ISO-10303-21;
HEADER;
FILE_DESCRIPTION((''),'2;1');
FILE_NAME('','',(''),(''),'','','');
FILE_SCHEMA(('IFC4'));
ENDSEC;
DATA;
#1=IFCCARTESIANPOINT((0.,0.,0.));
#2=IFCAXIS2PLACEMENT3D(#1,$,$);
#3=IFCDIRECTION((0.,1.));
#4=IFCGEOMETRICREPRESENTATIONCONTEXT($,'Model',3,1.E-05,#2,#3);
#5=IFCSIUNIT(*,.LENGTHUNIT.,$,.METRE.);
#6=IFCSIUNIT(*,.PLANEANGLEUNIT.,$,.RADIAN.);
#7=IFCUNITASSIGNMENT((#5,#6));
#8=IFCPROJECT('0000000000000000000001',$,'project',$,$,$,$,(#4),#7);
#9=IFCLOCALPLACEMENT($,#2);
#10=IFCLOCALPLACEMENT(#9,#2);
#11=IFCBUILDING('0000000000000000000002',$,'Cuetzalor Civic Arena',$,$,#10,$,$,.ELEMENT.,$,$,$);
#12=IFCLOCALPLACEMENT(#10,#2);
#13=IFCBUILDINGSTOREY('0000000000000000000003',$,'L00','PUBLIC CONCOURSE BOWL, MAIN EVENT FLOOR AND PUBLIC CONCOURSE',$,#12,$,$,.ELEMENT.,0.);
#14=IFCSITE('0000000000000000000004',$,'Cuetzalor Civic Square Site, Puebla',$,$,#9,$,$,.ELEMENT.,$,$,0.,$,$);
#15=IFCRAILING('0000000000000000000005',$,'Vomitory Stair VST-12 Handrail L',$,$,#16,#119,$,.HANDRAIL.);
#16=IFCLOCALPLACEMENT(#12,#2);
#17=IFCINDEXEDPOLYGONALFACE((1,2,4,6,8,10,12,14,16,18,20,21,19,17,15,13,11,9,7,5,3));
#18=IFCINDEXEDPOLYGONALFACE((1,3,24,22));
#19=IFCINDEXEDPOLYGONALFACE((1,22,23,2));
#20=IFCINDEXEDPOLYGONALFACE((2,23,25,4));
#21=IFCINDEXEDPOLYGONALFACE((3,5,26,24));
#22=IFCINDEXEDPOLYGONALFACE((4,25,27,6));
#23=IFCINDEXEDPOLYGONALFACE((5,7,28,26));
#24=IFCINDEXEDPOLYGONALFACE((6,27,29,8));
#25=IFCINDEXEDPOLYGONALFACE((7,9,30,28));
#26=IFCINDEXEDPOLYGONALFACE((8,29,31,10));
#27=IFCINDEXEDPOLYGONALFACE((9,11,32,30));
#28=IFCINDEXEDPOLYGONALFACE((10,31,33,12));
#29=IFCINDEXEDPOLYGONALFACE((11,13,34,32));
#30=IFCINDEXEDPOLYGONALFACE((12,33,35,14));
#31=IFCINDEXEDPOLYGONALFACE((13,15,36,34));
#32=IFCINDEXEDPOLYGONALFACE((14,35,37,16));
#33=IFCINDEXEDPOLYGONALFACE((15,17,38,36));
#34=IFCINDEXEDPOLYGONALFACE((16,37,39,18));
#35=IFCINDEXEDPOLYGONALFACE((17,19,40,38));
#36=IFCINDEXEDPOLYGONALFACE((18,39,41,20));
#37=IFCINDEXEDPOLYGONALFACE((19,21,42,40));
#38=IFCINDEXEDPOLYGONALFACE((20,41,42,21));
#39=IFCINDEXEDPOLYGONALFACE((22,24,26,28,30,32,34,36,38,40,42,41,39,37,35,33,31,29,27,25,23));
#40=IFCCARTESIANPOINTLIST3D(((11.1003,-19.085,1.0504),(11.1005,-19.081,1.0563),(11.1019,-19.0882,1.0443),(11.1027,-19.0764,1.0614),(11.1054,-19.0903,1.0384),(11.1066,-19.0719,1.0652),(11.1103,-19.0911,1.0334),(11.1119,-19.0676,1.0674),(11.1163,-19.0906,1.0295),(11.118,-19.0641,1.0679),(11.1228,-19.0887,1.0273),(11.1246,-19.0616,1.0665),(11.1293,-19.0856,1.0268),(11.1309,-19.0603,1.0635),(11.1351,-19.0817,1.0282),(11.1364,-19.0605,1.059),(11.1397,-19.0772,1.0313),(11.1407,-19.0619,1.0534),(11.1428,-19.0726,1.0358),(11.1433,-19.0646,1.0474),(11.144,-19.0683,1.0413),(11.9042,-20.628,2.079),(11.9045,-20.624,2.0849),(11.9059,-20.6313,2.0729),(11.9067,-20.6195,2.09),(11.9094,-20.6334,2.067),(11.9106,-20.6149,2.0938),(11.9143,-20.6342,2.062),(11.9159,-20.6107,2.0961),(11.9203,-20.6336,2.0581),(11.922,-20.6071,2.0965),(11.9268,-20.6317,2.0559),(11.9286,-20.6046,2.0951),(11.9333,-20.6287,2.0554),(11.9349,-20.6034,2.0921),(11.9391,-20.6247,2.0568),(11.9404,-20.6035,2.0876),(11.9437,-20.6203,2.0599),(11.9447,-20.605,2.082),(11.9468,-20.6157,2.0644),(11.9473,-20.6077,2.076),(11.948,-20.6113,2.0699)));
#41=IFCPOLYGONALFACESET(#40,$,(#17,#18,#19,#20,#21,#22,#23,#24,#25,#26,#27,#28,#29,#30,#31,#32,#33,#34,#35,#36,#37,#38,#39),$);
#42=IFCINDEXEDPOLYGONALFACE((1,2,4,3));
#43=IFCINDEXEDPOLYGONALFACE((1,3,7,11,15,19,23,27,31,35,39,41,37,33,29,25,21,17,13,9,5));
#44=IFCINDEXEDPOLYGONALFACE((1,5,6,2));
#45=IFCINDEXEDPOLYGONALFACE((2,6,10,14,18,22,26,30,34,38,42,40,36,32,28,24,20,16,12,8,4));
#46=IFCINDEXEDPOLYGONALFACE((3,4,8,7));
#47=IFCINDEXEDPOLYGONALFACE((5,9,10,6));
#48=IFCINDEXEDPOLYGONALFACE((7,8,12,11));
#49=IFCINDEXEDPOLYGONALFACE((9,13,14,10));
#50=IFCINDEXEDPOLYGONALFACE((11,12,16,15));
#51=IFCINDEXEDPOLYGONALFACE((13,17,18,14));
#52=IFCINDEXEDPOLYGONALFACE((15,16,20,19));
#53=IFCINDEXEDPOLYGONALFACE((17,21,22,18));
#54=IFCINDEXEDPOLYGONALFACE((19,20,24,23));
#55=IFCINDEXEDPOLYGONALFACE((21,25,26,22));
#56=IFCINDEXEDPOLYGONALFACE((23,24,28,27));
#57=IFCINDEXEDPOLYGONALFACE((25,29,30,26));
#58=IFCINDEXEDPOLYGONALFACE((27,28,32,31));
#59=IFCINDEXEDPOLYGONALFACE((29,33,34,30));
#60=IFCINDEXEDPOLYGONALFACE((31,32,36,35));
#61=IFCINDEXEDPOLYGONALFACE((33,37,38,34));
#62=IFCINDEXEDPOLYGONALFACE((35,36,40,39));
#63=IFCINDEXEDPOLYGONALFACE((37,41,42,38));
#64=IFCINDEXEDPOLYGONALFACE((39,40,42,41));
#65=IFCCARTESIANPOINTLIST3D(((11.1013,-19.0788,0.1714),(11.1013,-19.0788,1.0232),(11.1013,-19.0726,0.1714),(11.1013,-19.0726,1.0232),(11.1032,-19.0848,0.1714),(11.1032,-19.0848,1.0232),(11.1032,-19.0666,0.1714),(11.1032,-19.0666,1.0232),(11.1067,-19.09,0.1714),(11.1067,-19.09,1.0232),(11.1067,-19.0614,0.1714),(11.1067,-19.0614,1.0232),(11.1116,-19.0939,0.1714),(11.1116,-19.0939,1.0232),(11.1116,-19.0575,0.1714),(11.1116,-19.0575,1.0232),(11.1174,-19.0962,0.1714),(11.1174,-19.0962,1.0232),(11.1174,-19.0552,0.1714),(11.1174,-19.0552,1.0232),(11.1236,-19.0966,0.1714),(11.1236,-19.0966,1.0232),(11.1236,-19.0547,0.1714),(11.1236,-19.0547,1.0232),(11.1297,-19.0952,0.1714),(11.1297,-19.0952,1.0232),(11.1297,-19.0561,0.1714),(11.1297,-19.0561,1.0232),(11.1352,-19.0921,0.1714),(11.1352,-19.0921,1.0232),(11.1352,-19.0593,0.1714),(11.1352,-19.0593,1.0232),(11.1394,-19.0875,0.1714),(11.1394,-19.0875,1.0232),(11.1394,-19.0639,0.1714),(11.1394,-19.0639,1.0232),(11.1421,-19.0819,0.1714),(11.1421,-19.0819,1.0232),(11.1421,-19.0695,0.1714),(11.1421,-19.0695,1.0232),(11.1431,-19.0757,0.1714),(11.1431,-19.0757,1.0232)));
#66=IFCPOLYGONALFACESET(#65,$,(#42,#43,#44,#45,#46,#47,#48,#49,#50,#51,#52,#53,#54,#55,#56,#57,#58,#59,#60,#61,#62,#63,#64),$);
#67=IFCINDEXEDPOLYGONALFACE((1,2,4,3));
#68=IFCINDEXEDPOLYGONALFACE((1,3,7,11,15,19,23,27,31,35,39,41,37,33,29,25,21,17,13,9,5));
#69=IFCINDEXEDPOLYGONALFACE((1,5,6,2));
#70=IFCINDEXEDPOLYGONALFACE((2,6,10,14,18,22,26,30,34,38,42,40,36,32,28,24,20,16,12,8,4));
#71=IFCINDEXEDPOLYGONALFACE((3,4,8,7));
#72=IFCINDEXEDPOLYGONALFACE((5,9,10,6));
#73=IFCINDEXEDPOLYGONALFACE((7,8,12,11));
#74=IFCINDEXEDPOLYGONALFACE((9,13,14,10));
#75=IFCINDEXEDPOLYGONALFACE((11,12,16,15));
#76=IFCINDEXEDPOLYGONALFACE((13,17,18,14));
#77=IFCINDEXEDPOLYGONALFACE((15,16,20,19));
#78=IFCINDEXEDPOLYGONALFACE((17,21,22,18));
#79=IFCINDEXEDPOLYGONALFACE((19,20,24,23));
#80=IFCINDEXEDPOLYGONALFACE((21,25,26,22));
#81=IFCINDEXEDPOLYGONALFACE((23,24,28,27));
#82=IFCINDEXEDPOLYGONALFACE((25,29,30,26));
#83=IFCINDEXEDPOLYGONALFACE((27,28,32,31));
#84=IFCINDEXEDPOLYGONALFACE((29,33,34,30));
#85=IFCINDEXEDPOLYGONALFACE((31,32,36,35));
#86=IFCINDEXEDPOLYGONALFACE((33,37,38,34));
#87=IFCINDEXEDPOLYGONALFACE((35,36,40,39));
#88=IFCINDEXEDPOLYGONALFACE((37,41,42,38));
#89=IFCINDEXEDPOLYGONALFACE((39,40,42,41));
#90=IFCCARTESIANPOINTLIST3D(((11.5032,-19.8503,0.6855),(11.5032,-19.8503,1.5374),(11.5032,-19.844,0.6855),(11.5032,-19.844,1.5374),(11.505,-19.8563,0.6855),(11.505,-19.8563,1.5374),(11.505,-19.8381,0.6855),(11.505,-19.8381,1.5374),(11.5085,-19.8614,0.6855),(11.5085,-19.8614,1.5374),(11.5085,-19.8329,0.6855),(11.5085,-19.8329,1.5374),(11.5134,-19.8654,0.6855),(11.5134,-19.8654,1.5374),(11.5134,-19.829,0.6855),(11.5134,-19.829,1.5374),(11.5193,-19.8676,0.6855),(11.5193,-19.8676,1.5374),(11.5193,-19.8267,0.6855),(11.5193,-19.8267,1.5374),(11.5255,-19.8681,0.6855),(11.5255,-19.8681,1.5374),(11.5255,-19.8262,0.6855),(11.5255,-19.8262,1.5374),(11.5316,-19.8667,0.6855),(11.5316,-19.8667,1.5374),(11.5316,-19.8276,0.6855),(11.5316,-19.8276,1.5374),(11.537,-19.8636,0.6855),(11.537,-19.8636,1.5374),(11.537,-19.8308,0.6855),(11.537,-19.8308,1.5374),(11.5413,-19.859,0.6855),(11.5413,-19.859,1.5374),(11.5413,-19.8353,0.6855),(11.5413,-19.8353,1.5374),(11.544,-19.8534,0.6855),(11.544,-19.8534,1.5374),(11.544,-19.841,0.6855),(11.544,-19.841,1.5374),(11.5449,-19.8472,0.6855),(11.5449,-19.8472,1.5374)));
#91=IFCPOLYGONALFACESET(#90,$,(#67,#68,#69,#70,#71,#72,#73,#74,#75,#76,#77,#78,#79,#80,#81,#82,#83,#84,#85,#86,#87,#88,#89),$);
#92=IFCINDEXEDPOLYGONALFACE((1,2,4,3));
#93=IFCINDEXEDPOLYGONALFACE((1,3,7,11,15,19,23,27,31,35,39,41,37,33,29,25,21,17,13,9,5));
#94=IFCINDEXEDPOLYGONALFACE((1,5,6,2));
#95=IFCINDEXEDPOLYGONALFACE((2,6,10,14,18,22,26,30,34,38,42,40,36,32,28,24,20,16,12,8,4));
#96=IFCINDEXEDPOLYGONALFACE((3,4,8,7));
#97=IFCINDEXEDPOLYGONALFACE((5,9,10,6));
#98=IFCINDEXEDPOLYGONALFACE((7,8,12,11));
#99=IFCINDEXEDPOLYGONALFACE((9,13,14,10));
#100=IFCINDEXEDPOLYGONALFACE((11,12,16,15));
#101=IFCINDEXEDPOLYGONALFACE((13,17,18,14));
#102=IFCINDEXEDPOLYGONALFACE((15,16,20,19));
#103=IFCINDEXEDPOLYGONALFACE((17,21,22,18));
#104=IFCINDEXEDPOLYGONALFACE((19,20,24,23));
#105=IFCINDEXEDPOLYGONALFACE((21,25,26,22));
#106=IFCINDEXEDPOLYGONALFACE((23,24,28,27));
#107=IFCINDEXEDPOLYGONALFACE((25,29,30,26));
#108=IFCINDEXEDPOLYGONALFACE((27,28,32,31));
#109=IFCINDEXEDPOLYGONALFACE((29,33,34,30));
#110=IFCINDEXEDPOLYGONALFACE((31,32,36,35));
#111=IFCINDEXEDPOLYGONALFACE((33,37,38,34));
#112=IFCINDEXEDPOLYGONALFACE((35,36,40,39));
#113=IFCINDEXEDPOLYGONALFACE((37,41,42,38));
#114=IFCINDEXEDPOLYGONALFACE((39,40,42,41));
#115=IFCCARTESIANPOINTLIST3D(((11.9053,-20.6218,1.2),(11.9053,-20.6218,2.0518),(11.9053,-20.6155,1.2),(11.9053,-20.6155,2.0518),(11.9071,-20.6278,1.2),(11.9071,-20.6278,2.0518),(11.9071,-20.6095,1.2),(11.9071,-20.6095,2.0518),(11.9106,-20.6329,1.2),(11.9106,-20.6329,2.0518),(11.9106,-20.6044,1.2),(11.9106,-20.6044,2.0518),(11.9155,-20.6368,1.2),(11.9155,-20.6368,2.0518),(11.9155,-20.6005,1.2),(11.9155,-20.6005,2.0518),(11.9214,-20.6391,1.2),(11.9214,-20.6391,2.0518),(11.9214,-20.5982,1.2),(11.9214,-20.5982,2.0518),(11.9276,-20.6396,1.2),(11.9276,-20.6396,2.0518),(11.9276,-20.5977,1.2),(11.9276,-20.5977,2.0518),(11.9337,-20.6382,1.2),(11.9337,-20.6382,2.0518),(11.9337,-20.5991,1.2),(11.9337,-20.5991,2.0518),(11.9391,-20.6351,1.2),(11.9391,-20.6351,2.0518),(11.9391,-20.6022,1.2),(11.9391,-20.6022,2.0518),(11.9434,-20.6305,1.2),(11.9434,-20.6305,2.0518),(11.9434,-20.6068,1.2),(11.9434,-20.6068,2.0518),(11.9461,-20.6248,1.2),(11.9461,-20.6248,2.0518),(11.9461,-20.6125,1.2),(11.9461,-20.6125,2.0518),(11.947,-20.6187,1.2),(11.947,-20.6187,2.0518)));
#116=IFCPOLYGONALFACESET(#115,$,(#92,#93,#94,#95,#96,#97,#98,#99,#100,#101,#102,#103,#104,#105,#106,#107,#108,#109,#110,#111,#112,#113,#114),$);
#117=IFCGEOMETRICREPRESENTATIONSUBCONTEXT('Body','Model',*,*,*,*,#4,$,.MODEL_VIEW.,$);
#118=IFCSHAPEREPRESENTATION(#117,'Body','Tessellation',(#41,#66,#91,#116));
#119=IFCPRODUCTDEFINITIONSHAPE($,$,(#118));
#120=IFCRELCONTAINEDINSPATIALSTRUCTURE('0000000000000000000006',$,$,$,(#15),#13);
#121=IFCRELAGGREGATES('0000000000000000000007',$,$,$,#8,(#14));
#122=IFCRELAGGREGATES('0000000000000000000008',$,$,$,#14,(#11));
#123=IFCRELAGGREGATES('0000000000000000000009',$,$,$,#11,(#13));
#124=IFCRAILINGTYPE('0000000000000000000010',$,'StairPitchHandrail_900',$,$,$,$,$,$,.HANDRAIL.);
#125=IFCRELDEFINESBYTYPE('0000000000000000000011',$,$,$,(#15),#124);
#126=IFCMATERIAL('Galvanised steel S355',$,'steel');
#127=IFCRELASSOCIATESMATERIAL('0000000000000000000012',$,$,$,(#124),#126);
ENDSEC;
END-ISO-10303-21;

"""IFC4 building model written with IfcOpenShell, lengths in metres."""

from ifc_helpers import new_model, si_unit, direction, frame, origin, origin_2d, place, context, subcontext, project, spatial, circle, extrude, material, type_object, element, save


model = new_model("IFC4")

# Units and contexts
model_context = context("Model", 3, precision=1e-05, world=origin(), true_north=direction((0.0, 1.0)))
body_context = subcontext(model_context, "Body", "Model", "MODEL_VIEW")
ifc_project = project(units=[si_unit("LENGTHUNIT", "METRE"), si_unit("PLANEANGLEUNIT", "RADIAN")], contexts=[model_context])

# Site, building, storey
site_placement = place(None, origin())
site = spatial("IfcSite", under=ifc_project, at=site_placement, Name="Cuetzalor Civic Square Site, Puebla", CompositionType="ELEMENT", RefElevation=0.0)
building_placement = place(site_placement, origin())
building = spatial("IfcBuilding", under=site, at=building_placement, Name="Cuetzalor Civic Arena", CompositionType="ELEMENT")
storey_placement = place(building_placement, origin())
storey = spatial("IfcBuildingStorey", under=building, at=storey_placement, Name="L00", Description="PUBLIC CONCOURSE BOWL, MAIN EVENT FLOOR AND PUBLIC CONCOURSE", CompositionType="ELEMENT", Elevation=0.0)

# Railing
ifc_material_1 = material(Name="Galvanised steel S355", Category="steel")
railing_type_1 = type_object("IfcRailingType", Name="StairPitchHandrail_900", PredefinedType="HANDRAIL", material=ifc_material_1)
railing_1_placement = place(storey_placement, frame((11.1221, -19.0757, 0.1714)))
element("IfcRailing", 1, at=railing_1_placement, inside=storey, type_object=railing_type_1, Name="Vomitory Stair VST-12 Handrail L", PredefinedType="HANDRAIL", context=body_context, shape_type="SweptSolid", body=[
    extrude(circle(Radius=0.0239, at=origin_2d()), frame((0.0, 0.0, 0.876), z_axis=(0.397771, -0.763412, 0.508901), x_axis=(0.886837, 0.462082, 0.0)), (0.0, 0.0, 1.0), 2.0212),
    extrude(circle(Radius=0.021, at=origin_2d()), origin(), (0.0, 0.0, 1.0), 0.8518),
    extrude(circle(Radius=0.021, at=origin_2d()), frame((0.4019, -0.7715, 0.5142)), (0.0, 0.0, 1.0), 0.8518),
    extrude(circle(Radius=0.021, at=origin_2d()), frame((0.804, -1.543, 1.0286)), (0.0, 0.0, 1.0), 0.8518),
])

save(model, "model.ifc")
